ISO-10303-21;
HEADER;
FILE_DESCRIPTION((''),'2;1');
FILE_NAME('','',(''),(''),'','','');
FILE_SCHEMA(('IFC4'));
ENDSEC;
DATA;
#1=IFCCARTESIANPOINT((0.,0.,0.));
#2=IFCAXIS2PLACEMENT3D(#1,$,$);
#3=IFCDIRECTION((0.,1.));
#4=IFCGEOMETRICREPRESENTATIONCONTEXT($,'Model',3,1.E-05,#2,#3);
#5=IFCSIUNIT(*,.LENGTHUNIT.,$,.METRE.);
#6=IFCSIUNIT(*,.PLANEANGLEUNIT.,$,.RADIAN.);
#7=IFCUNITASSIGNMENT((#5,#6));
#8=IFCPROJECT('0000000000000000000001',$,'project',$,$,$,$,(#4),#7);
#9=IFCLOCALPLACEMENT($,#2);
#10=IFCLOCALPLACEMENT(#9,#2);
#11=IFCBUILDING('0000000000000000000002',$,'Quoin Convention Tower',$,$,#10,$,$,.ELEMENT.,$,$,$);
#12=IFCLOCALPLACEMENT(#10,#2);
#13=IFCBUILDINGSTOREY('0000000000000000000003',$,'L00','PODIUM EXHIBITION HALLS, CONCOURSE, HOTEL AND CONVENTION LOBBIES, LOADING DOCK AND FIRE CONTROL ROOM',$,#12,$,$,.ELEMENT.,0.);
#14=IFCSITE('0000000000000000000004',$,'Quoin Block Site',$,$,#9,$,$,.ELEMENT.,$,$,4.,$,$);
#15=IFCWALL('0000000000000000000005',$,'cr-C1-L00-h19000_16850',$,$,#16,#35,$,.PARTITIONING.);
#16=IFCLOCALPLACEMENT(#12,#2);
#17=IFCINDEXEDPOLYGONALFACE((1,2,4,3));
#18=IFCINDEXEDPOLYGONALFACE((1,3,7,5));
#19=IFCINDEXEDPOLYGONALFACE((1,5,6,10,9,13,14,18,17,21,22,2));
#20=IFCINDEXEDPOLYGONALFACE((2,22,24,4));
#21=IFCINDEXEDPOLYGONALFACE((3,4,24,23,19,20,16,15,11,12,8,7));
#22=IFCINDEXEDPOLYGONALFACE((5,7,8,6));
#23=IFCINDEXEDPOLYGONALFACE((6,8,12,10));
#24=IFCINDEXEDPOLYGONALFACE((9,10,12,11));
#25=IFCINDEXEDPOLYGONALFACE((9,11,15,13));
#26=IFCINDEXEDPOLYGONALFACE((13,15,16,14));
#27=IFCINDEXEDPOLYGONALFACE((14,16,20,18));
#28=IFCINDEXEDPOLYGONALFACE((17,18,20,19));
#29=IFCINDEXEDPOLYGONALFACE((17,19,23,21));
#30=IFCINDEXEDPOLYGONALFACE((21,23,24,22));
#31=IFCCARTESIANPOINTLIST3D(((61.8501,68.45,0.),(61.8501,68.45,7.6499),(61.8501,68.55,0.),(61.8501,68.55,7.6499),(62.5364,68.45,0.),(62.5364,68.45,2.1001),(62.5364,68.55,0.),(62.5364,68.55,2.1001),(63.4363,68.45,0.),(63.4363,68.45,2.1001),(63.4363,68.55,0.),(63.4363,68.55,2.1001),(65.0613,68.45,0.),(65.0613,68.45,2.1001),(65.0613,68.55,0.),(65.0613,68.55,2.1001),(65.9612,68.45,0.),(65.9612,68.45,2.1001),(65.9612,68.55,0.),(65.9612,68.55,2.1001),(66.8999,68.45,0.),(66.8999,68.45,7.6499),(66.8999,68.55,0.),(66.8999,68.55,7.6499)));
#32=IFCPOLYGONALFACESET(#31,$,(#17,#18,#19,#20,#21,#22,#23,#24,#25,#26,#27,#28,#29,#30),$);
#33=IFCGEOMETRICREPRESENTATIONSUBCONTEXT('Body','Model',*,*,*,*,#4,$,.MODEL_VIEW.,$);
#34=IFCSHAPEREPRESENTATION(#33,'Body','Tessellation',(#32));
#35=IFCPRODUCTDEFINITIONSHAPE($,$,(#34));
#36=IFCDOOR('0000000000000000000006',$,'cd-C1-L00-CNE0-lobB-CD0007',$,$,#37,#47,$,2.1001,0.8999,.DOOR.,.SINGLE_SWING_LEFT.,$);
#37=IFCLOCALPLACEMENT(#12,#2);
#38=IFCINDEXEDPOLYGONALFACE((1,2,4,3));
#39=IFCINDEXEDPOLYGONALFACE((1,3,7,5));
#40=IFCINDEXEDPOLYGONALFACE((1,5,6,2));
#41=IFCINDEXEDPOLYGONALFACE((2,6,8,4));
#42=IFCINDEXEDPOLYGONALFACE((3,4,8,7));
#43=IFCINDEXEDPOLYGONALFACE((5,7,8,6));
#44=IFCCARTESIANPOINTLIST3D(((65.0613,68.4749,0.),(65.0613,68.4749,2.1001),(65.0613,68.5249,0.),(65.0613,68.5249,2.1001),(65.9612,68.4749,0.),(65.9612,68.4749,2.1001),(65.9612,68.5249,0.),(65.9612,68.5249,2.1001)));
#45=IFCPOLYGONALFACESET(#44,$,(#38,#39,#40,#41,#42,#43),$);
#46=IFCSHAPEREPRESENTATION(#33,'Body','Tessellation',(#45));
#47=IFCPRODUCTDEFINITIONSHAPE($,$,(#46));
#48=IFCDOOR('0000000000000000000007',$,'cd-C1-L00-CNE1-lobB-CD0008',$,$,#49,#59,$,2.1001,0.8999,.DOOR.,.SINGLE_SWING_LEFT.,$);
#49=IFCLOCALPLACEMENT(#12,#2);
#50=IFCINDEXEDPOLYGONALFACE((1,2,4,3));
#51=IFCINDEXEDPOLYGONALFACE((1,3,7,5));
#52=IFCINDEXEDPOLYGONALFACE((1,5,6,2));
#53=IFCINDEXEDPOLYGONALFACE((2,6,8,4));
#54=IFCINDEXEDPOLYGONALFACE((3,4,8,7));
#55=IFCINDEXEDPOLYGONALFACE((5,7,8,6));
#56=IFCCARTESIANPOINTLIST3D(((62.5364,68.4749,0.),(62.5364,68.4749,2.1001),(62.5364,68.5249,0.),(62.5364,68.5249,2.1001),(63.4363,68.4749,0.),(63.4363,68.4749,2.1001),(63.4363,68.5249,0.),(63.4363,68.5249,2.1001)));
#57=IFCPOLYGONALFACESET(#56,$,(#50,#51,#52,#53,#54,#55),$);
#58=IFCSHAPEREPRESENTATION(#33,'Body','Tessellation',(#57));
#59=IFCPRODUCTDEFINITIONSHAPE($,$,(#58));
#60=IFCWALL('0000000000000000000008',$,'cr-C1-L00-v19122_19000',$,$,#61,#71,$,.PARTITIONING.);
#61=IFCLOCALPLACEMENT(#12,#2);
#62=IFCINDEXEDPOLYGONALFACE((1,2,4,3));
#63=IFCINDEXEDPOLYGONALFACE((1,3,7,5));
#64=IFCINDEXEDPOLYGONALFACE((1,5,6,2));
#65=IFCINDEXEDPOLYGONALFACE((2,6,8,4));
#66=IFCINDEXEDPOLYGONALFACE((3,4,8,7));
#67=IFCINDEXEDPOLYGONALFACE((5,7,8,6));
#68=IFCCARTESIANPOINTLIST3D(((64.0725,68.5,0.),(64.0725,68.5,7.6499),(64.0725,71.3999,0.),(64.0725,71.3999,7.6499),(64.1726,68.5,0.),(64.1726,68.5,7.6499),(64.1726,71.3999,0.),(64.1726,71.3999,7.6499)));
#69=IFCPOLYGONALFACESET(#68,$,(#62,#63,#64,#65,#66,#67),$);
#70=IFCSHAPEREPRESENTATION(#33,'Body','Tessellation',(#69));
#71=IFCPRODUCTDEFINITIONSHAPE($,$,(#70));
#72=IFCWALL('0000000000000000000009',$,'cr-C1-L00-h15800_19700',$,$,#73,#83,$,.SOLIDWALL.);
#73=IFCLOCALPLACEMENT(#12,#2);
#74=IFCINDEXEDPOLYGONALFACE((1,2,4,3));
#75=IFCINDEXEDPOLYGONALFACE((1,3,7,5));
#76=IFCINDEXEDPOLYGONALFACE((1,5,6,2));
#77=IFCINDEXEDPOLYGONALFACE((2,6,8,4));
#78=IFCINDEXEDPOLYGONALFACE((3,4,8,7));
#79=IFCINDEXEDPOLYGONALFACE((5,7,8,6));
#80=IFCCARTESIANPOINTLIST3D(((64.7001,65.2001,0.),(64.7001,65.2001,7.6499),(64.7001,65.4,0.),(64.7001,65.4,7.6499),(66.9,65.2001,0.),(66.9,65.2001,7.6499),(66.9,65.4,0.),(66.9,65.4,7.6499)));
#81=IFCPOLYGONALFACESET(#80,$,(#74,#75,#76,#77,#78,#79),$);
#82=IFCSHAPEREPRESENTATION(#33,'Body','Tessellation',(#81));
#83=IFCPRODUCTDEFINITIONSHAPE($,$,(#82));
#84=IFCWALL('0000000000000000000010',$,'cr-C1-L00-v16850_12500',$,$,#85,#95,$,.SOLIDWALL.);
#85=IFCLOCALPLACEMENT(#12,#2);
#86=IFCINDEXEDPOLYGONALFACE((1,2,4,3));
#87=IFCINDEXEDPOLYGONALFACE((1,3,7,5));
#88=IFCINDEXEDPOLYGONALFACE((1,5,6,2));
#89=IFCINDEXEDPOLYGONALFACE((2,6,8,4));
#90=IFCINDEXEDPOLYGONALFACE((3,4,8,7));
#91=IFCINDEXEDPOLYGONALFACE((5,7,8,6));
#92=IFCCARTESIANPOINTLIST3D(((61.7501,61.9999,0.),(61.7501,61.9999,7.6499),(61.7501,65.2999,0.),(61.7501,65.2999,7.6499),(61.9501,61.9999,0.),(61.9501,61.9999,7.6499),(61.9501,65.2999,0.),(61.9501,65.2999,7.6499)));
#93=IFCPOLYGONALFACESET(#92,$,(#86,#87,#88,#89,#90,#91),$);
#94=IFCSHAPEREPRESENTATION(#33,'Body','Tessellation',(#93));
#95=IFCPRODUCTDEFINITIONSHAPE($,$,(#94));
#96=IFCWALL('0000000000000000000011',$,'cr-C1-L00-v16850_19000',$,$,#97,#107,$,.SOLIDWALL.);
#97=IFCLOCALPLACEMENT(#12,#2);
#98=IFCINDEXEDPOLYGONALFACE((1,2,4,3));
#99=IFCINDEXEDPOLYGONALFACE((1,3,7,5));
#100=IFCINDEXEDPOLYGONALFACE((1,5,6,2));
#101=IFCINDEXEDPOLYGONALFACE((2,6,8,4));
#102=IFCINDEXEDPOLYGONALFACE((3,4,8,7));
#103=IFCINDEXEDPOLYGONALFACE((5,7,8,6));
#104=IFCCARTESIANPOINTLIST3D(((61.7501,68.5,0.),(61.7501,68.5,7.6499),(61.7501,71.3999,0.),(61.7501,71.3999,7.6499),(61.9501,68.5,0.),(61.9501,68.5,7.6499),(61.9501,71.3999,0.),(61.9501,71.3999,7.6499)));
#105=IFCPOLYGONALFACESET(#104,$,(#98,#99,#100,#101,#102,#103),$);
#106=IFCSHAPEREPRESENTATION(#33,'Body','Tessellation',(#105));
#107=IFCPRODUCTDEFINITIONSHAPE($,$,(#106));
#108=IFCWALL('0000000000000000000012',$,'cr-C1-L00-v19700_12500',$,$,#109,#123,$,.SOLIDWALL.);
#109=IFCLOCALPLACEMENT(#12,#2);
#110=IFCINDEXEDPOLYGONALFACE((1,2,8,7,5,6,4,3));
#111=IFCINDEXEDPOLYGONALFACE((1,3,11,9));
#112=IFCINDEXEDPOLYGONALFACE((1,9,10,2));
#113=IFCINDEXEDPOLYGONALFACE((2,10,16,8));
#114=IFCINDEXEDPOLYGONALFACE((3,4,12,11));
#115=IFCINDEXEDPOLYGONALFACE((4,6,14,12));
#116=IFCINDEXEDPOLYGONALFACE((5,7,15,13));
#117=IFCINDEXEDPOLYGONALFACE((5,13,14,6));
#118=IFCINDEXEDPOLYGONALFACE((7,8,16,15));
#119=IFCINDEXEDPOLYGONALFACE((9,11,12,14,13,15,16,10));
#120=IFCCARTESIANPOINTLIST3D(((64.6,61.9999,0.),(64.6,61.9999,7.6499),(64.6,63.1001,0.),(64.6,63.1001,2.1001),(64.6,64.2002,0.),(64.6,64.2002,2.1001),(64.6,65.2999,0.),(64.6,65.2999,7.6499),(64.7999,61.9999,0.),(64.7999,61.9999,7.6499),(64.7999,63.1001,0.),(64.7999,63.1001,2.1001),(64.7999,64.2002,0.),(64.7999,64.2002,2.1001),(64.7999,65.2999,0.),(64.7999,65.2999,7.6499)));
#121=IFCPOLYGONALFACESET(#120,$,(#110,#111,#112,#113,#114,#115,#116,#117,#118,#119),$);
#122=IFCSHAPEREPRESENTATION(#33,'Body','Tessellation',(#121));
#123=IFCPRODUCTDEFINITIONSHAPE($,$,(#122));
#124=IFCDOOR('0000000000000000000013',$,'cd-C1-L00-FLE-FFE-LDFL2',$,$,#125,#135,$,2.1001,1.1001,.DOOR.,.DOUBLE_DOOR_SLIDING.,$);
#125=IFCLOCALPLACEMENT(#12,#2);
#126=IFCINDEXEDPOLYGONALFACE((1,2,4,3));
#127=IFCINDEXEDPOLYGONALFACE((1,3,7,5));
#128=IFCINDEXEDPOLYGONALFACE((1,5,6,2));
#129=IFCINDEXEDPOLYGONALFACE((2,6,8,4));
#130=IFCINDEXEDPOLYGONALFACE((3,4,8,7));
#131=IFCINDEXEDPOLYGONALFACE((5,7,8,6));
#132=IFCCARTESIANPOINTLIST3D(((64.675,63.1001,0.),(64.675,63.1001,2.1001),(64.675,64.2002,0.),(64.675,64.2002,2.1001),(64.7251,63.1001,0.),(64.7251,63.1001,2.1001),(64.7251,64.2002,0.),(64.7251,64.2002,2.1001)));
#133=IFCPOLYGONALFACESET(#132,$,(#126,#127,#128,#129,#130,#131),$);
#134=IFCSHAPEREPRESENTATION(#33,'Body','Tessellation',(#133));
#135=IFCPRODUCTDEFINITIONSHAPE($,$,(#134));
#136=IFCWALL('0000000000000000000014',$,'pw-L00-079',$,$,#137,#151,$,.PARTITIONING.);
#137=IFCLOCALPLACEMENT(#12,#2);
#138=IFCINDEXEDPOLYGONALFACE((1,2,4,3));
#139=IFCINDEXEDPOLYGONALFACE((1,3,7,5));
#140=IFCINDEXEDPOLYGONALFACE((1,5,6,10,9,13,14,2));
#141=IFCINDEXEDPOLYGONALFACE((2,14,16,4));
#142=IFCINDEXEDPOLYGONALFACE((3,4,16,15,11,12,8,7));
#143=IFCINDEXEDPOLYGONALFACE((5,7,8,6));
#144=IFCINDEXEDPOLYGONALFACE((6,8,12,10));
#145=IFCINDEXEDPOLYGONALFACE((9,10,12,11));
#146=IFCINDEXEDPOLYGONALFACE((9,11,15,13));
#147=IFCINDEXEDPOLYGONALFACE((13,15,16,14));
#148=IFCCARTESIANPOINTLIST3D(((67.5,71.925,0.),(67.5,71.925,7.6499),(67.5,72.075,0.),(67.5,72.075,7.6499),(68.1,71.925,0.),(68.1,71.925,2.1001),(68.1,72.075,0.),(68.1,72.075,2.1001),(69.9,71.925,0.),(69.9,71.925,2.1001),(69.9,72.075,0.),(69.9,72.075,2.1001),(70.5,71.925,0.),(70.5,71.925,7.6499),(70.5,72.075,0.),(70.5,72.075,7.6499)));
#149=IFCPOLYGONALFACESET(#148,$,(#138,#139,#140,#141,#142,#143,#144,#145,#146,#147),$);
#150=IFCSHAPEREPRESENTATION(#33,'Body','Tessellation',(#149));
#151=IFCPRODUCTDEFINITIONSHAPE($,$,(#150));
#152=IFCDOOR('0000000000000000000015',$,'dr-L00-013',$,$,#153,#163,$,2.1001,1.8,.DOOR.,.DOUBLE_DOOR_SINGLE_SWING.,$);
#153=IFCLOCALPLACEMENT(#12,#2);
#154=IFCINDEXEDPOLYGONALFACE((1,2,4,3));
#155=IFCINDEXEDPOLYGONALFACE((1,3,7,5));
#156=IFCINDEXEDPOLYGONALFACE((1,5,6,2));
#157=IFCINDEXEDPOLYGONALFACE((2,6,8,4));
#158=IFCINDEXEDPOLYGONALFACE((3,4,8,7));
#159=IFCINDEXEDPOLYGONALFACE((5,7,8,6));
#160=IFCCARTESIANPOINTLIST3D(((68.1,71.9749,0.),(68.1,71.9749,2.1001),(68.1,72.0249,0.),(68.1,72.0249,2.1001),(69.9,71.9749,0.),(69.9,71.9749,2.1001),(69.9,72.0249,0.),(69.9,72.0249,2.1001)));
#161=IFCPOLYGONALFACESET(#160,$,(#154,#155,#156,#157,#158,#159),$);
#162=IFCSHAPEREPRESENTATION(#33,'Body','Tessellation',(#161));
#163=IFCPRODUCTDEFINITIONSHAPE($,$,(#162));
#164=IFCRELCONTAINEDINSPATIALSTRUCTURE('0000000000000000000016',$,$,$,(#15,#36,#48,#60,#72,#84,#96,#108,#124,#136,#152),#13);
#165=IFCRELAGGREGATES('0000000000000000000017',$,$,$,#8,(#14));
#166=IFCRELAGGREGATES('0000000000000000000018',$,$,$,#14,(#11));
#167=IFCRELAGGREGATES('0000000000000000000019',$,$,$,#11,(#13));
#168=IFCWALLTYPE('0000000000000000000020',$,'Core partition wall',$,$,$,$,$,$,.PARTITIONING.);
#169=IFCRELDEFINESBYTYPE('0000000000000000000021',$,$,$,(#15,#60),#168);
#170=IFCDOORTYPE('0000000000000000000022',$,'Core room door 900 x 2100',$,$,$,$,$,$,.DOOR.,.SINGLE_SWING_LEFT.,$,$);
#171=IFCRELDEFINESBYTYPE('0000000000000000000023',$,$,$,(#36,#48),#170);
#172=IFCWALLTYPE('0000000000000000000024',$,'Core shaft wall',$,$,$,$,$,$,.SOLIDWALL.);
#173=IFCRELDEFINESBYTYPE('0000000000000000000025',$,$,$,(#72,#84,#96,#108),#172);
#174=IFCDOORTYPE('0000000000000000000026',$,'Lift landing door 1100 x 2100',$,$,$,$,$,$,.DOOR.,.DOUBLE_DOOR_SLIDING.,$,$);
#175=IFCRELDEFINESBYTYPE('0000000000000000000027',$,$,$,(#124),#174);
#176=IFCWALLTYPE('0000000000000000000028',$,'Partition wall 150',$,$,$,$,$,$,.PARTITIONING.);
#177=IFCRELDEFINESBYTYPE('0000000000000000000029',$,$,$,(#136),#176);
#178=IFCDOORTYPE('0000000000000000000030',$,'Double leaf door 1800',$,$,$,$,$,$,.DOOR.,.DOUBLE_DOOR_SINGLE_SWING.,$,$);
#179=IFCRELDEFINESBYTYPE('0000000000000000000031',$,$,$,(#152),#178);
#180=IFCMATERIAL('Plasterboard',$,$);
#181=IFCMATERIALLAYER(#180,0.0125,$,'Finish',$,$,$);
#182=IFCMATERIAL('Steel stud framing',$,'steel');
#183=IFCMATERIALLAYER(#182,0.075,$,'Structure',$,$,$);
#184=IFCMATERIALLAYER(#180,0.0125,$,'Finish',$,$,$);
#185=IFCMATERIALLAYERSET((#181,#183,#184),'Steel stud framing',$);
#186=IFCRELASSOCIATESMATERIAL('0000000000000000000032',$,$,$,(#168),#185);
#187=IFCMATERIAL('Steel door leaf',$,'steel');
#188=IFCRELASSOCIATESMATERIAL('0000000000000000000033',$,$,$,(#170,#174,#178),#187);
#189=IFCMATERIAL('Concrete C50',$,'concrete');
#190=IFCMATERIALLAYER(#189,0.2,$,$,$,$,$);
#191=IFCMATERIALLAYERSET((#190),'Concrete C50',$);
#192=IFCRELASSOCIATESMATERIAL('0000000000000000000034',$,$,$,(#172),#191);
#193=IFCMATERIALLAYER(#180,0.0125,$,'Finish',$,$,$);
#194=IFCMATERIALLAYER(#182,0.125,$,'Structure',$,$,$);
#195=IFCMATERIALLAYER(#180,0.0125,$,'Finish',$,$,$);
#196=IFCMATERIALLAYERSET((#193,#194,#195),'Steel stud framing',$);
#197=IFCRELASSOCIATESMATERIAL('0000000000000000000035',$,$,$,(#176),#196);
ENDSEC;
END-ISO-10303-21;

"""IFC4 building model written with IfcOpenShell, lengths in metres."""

from ifc_helpers import new_model, si_unit, direction, frame, frame_2d, origin, place, context, subcontext, project, spatial, rectangle, extrude, material, layer, layer_set, type_object, element, fill, save


model = new_model("IFC4")

# Units and contexts
model_context = context("Model", 3, precision=1e-05, world=origin(), true_north=direction((0.0, 1.0)))
body_context = subcontext(model_context, "Body", "Model", "MODEL_VIEW")
ifc_project = project(units=[si_unit("LENGTHUNIT", "METRE"), si_unit("PLANEANGLEUNIT", "RADIAN")], contexts=[model_context])

# Site, building, storey
site_placement = place(None, origin())
site = spatial("IfcSite", under=ifc_project, at=site_placement, Name="Quoin Block Site", CompositionType="ELEMENT", RefElevation=4.0)
building_placement = place(site_placement, origin())
building = spatial("IfcBuilding", under=site, at=building_placement, Name="Quoin Convention Tower", CompositionType="ELEMENT")
storey_placement = place(building_placement, origin())
storey = spatial("IfcBuildingStorey", under=building, at=storey_placement, Name="L00", Description="PODIUM EXHIBITION HALLS, CONCOURSE, HOTEL AND CONVENTION LOBBIES, LOADING DOCK AND FIRE CONTROL ROOM", CompositionType="ELEMENT", Elevation=0.0)

# Shared definitions
ifc_material_1 = material(Name="Plasterboard")
ifc_material_2 = material(Name="Steel stud framing", Category="steel")

# Shared definitions
ifc_material_3 = material(Name="Steel door leaf", Category="steel")

# Wall, openings, doors
ifc_layer_1 = layer(ifc_material_1, 0.0125, Name="Finish")
ifc_layer_2 = layer(ifc_material_2, 0.075, Name="Structure")
ifc_layer_3 = layer(ifc_material_1, 0.0125, Name="Finish")
ifc_layer_set_1 = layer_set([ifc_layer_1, ifc_layer_2, ifc_layer_3], Name="Steel stud framing")
wall_type_1 = type_object("IfcWallType", Name="Core partition wall", PredefinedType="PARTITIONING", material=ifc_layer_set_1)
wall_1_placement = place(storey_placement, frame((61.8501, 68.5, 0.0), z_axis=(0.0, 0.0, 1.0), x_axis=(1.0, 0.0, 0.0)))
wall_1 = element("IfcWall", 1, at=wall_1_placement, inside=storey, type_object=wall_type_1, Name="cr-C1-L00-h19000_16850", PredefinedType="PARTITIONING", context=body_context, shape_type="SweptSolid", body=[
    extrude(rectangle(XDim=5.0498, YDim=0.1001, at=frame_2d((2.5249, 0.0))), origin(), (0.0, 0.0, 1.0), 7.6499),
])
opening_1_placement = place(wall_1_placement, frame((3.2112, 0.0, 0.0)))
opening_1 = element("IfcOpeningElement", 2, at=opening_1_placement, cuts=wall_1, PredefinedType="OPENING", context=body_context, shape_type="SweptSolid", body=[
    extrude(rectangle(XDim=0.8999, YDim=2.1001, at=frame_2d((0.45, 1.05))), frame((0.0, 0.0601, 0.0), z_axis=(0.0, -1.0, 0.0), x_axis=(1.0, 0.0, 0.0)), (0.0, 0.0, 1.0), 0.1201),
])
opening_2_placement = place(wall_1_placement, frame((0.6863, 0.0, 0.0)))
opening_2 = element("IfcOpeningElement", 3, at=opening_2_placement, cuts=wall_1, PredefinedType="OPENING", context=body_context, shape_type="SweptSolid", body=[
    extrude(rectangle(XDim=0.8999, YDim=2.1001, at=frame_2d((0.45, 1.05))), frame((0.0, 0.0601, 0.0), z_axis=(0.0, -1.0, 0.0), x_axis=(1.0, 0.0, 0.0)), (0.0, 0.0, 1.0), 0.1201),
])
door_type_1 = type_object("IfcDoorType", Name="Core room door 900 x 2100", OperationType="SINGLE_SWING_LEFT", PredefinedType="DOOR", material=ifc_material_3)
door_1_placement = place(opening_1_placement, origin())
door_1 = element("IfcDoor", 4, at=door_1_placement, inside=storey, type_object=door_type_1, Name="cd-C1-L00-CNE0-lobB-CD0007", OperationType="SINGLE_SWING_LEFT", OverallHeight=2.1001, OverallWidth=0.8999, PredefinedType="DOOR", context=body_context, shape_type="SweptSolid", body=[
    extrude(rectangle(XDim=0.8999, YDim=2.1001, at=frame_2d((0.45, 1.05))), frame((0.0, 0.0249, 0.0), z_axis=(0.0, -1.0, 0.0), x_axis=(1.0, 0.0, 0.0)), (0.0, 0.0, 1.0), 0.05),
])
fill(opening_1, door_1)
door_2_placement = place(opening_2_placement, origin())
door_2 = element("IfcDoor", 5, at=door_2_placement, inside=storey, type_object=door_type_1, Name="cd-C1-L00-CNE1-lobB-CD0008", OperationType="SINGLE_SWING_LEFT", OverallHeight=2.1001, OverallWidth=0.8999, PredefinedType="DOOR", context=body_context, shape_type="SweptSolid", body=[
    extrude(rectangle(XDim=0.8999, YDim=2.1001, at=frame_2d((0.45, 1.05))), frame((0.0, 0.0249, 0.0), z_axis=(0.0, -1.0, 0.0), x_axis=(1.0, 0.0, 0.0)), (0.0, 0.0, 1.0), 0.05),
])
fill(opening_2, door_2)

# Walls
wall_2_placement = place(storey_placement, frame((64.1226, 68.5, 0.0), z_axis=(0.0, 0.0, 1.0), x_axis=(0.0, 1.0, 0.0)))
element("IfcWall", 6, at=wall_2_placement, inside=storey, type_object=wall_type_1, Name="cr-C1-L00-v19122_19000", PredefinedType="PARTITIONING", context=body_context, shape_type="SweptSolid", body=[
    extrude(rectangle(XDim=2.8999, YDim=0.1001, at=frame_2d((1.45, 0.0))), origin(), (0.0, 0.0, 1.0), 7.6499),
])
ifc_material_4 = material(Name="Concrete C50", Category="concrete")
ifc_layer_4 = layer(ifc_material_4, 0.2)
ifc_layer_set_2 = layer_set([ifc_layer_4], Name="Concrete C50")
wall_type_2 = type_object("IfcWallType", Name="Core shaft wall", PredefinedType="SOLIDWALL", material=ifc_layer_set_2)
wall_3_placement = place(storey_placement, frame((64.7, 65.3, 0.0), z_axis=(0.0, 0.0, 1.0), x_axis=(1.0, 0.0, 0.0)))
element("IfcWall", 7, at=wall_3_placement, inside=storey, type_object=wall_type_2, Name="cr-C1-L00-h15800_19700", PredefinedType="SOLIDWALL", context=body_context, shape_type="SweptSolid", body=[
    extrude(rectangle(XDim=2.2, YDim=0.2, at=frame_2d((1.1001, 0.0))), origin(), (0.0, 0.0, 1.0), 7.6499),
])
wall_4_placement = place(storey_placement, frame((61.8501, 62.0, 0.0), z_axis=(0.0, 0.0, 1.0), x_axis=(0.0, 1.0, 0.0)))
element("IfcWall", 8, at=wall_4_placement, inside=storey, type_object=wall_type_2, Name="cr-C1-L00-v16850_12500", PredefinedType="SOLIDWALL", context=body_context, shape_type="SweptSolid", body=[
    extrude(rectangle(XDim=3.3, YDim=0.2, at=frame_2d((1.6499, 0.0))), origin(), (0.0, 0.0, 1.0), 7.6499),
])
wall_5_placement = place(storey_placement, frame((61.8501, 68.5, 0.0), z_axis=(0.0, 0.0, 1.0), x_axis=(0.0, 1.0, 0.0)))
element("IfcWall", 9, at=wall_5_placement, inside=storey, type_object=wall_type_2, Name="cr-C1-L00-v16850_19000", PredefinedType="SOLIDWALL", context=body_context, shape_type="SweptSolid", body=[
    extrude(rectangle(XDim=2.8999, YDim=0.2, at=frame_2d((1.45, 0.0))), origin(), (0.0, 0.0, 1.0), 7.6499),
])

# Walls, openings, doors
wall_6_placement = place(storey_placement, frame((64.7, 62.0, 0.0), z_axis=(0.0, 0.0, 1.0), x_axis=(0.0, 1.0, 0.0)))
wall_6 = element("IfcWall", 10, at=wall_6_placement, inside=storey, type_object=wall_type_2, Name="cr-C1-L00-v19700_12500", PredefinedType="SOLIDWALL", context=body_context, shape_type="SweptSolid", body=[
    extrude(rectangle(XDim=3.3, YDim=0.2, at=frame_2d((1.6499, 0.0))), origin(), (0.0, 0.0, 1.0), 7.6499),
])
opening_3_placement = place(wall_6_placement, frame((1.1001, 0.0, 0.0)))
opening_3 = element("IfcOpeningElement", 11, at=opening_3_placement, cuts=wall_6, PredefinedType="OPENING", context=body_context, shape_type="SweptSolid", body=[
    extrude(rectangle(XDim=1.1001, YDim=2.1001, at=frame_2d((0.55, 1.05))), frame((0.0, 0.1099, 0.0), z_axis=(0.0, -1.0, 0.0), x_axis=(1.0, 0.0, 0.0)), (0.0, 0.0, 1.0), 0.22),
])
door_type_2 = type_object("IfcDoorType", Name="Lift landing door 1100 x 2100", OperationType="DOUBLE_DOOR_SLIDING", PredefinedType="DOOR", material=ifc_material_3)
door_3_placement = place(opening_3_placement, origin())
door_3 = element("IfcDoor", 12, at=door_3_placement, inside=storey, type_object=door_type_2, Name="cd-C1-L00-FLE-FFE-LDFL2", OperationType="DOUBLE_DOOR_SLIDING", OverallHeight=2.1001, OverallWidth=1.1001, PredefinedType="DOOR", context=body_context, shape_type="SweptSolid", body=[
    extrude(rectangle(XDim=1.1001, YDim=2.1001, at=frame_2d((0.55, 1.05))), frame((0.0, 0.0249, 0.0), z_axis=(0.0, -1.0, 0.0), x_axis=(1.0, 0.0, 0.0)), (0.0, 0.0, 1.0), 0.05),
])
fill(opening_3, door_3)
ifc_layer_5 = layer(ifc_material_1, 0.0125, Name="Finish")
ifc_layer_6 = layer(ifc_material_2, 0.125, Name="Structure")
ifc_layer_7 = layer(ifc_material_1, 0.0125, Name="Finish")
ifc_layer_set_3 = layer_set([ifc_layer_5, ifc_layer_6, ifc_layer_7], Name="Steel stud framing")
wall_type_3 = type_object("IfcWallType", Name="Partition wall 150", PredefinedType="PARTITIONING", material=ifc_layer_set_3)
wall_7_placement = place(storey_placement, frame((67.5, 72.0, 0.0), z_axis=(0.0, 0.0, 1.0), x_axis=(1.0, 0.0, 0.0)))
wall_7 = element("IfcWall", 13, at=wall_7_placement, inside=storey, type_object=wall_type_3, Name="pw-L00-079", PredefinedType="PARTITIONING", context=body_context, shape_type="SweptSolid", body=[
    extrude(rectangle(XDim=3.0, YDim=0.1499, at=frame_2d((1.5, 0.0))), origin(), (0.0, 0.0, 1.0), 7.6499),
])
opening_4_placement = place(wall_7_placement, frame((0.6001, 0.0, 0.0)))
opening_4 = element("IfcOpeningElement", 14, at=opening_4_placement, cuts=wall_7, PredefinedType="OPENING", context=body_context, shape_type="SweptSolid", body=[
    extrude(rectangle(XDim=1.8, YDim=2.1001, at=frame_2d((0.8999, 1.05))), frame((0.0, 0.085, 0.0), z_axis=(0.0, -1.0, 0.0), x_axis=(1.0, 0.0, 0.0)), (0.0, 0.0, 1.0), 0.1699),
])
door_type_3 = type_object("IfcDoorType", Name="Double leaf door 1800", OperationType="DOUBLE_DOOR_SINGLE_SWING", PredefinedType="DOOR", material=ifc_material_3)
door_4_placement = place(opening_4_placement, origin())
door_4 = element("IfcDoor", 15, at=door_4_placement, inside=storey, type_object=door_type_3, Name="dr-L00-013", OperationType="DOUBLE_DOOR_SINGLE_SWING", OverallHeight=2.1001, OverallWidth=1.8, PredefinedType="DOOR", context=body_context, shape_type="SweptSolid", body=[
    extrude(rectangle(XDim=1.8, YDim=2.1001, at=frame_2d((0.8999, 1.05))), frame((0.0, 0.0249, 0.0), z_axis=(0.0, -1.0, 0.0), x_axis=(1.0, 0.0, 0.0)), (0.0, 0.0, 1.0), 0.05),
])
fill(opening_4, door_4)

save(model, "model.ifc")
